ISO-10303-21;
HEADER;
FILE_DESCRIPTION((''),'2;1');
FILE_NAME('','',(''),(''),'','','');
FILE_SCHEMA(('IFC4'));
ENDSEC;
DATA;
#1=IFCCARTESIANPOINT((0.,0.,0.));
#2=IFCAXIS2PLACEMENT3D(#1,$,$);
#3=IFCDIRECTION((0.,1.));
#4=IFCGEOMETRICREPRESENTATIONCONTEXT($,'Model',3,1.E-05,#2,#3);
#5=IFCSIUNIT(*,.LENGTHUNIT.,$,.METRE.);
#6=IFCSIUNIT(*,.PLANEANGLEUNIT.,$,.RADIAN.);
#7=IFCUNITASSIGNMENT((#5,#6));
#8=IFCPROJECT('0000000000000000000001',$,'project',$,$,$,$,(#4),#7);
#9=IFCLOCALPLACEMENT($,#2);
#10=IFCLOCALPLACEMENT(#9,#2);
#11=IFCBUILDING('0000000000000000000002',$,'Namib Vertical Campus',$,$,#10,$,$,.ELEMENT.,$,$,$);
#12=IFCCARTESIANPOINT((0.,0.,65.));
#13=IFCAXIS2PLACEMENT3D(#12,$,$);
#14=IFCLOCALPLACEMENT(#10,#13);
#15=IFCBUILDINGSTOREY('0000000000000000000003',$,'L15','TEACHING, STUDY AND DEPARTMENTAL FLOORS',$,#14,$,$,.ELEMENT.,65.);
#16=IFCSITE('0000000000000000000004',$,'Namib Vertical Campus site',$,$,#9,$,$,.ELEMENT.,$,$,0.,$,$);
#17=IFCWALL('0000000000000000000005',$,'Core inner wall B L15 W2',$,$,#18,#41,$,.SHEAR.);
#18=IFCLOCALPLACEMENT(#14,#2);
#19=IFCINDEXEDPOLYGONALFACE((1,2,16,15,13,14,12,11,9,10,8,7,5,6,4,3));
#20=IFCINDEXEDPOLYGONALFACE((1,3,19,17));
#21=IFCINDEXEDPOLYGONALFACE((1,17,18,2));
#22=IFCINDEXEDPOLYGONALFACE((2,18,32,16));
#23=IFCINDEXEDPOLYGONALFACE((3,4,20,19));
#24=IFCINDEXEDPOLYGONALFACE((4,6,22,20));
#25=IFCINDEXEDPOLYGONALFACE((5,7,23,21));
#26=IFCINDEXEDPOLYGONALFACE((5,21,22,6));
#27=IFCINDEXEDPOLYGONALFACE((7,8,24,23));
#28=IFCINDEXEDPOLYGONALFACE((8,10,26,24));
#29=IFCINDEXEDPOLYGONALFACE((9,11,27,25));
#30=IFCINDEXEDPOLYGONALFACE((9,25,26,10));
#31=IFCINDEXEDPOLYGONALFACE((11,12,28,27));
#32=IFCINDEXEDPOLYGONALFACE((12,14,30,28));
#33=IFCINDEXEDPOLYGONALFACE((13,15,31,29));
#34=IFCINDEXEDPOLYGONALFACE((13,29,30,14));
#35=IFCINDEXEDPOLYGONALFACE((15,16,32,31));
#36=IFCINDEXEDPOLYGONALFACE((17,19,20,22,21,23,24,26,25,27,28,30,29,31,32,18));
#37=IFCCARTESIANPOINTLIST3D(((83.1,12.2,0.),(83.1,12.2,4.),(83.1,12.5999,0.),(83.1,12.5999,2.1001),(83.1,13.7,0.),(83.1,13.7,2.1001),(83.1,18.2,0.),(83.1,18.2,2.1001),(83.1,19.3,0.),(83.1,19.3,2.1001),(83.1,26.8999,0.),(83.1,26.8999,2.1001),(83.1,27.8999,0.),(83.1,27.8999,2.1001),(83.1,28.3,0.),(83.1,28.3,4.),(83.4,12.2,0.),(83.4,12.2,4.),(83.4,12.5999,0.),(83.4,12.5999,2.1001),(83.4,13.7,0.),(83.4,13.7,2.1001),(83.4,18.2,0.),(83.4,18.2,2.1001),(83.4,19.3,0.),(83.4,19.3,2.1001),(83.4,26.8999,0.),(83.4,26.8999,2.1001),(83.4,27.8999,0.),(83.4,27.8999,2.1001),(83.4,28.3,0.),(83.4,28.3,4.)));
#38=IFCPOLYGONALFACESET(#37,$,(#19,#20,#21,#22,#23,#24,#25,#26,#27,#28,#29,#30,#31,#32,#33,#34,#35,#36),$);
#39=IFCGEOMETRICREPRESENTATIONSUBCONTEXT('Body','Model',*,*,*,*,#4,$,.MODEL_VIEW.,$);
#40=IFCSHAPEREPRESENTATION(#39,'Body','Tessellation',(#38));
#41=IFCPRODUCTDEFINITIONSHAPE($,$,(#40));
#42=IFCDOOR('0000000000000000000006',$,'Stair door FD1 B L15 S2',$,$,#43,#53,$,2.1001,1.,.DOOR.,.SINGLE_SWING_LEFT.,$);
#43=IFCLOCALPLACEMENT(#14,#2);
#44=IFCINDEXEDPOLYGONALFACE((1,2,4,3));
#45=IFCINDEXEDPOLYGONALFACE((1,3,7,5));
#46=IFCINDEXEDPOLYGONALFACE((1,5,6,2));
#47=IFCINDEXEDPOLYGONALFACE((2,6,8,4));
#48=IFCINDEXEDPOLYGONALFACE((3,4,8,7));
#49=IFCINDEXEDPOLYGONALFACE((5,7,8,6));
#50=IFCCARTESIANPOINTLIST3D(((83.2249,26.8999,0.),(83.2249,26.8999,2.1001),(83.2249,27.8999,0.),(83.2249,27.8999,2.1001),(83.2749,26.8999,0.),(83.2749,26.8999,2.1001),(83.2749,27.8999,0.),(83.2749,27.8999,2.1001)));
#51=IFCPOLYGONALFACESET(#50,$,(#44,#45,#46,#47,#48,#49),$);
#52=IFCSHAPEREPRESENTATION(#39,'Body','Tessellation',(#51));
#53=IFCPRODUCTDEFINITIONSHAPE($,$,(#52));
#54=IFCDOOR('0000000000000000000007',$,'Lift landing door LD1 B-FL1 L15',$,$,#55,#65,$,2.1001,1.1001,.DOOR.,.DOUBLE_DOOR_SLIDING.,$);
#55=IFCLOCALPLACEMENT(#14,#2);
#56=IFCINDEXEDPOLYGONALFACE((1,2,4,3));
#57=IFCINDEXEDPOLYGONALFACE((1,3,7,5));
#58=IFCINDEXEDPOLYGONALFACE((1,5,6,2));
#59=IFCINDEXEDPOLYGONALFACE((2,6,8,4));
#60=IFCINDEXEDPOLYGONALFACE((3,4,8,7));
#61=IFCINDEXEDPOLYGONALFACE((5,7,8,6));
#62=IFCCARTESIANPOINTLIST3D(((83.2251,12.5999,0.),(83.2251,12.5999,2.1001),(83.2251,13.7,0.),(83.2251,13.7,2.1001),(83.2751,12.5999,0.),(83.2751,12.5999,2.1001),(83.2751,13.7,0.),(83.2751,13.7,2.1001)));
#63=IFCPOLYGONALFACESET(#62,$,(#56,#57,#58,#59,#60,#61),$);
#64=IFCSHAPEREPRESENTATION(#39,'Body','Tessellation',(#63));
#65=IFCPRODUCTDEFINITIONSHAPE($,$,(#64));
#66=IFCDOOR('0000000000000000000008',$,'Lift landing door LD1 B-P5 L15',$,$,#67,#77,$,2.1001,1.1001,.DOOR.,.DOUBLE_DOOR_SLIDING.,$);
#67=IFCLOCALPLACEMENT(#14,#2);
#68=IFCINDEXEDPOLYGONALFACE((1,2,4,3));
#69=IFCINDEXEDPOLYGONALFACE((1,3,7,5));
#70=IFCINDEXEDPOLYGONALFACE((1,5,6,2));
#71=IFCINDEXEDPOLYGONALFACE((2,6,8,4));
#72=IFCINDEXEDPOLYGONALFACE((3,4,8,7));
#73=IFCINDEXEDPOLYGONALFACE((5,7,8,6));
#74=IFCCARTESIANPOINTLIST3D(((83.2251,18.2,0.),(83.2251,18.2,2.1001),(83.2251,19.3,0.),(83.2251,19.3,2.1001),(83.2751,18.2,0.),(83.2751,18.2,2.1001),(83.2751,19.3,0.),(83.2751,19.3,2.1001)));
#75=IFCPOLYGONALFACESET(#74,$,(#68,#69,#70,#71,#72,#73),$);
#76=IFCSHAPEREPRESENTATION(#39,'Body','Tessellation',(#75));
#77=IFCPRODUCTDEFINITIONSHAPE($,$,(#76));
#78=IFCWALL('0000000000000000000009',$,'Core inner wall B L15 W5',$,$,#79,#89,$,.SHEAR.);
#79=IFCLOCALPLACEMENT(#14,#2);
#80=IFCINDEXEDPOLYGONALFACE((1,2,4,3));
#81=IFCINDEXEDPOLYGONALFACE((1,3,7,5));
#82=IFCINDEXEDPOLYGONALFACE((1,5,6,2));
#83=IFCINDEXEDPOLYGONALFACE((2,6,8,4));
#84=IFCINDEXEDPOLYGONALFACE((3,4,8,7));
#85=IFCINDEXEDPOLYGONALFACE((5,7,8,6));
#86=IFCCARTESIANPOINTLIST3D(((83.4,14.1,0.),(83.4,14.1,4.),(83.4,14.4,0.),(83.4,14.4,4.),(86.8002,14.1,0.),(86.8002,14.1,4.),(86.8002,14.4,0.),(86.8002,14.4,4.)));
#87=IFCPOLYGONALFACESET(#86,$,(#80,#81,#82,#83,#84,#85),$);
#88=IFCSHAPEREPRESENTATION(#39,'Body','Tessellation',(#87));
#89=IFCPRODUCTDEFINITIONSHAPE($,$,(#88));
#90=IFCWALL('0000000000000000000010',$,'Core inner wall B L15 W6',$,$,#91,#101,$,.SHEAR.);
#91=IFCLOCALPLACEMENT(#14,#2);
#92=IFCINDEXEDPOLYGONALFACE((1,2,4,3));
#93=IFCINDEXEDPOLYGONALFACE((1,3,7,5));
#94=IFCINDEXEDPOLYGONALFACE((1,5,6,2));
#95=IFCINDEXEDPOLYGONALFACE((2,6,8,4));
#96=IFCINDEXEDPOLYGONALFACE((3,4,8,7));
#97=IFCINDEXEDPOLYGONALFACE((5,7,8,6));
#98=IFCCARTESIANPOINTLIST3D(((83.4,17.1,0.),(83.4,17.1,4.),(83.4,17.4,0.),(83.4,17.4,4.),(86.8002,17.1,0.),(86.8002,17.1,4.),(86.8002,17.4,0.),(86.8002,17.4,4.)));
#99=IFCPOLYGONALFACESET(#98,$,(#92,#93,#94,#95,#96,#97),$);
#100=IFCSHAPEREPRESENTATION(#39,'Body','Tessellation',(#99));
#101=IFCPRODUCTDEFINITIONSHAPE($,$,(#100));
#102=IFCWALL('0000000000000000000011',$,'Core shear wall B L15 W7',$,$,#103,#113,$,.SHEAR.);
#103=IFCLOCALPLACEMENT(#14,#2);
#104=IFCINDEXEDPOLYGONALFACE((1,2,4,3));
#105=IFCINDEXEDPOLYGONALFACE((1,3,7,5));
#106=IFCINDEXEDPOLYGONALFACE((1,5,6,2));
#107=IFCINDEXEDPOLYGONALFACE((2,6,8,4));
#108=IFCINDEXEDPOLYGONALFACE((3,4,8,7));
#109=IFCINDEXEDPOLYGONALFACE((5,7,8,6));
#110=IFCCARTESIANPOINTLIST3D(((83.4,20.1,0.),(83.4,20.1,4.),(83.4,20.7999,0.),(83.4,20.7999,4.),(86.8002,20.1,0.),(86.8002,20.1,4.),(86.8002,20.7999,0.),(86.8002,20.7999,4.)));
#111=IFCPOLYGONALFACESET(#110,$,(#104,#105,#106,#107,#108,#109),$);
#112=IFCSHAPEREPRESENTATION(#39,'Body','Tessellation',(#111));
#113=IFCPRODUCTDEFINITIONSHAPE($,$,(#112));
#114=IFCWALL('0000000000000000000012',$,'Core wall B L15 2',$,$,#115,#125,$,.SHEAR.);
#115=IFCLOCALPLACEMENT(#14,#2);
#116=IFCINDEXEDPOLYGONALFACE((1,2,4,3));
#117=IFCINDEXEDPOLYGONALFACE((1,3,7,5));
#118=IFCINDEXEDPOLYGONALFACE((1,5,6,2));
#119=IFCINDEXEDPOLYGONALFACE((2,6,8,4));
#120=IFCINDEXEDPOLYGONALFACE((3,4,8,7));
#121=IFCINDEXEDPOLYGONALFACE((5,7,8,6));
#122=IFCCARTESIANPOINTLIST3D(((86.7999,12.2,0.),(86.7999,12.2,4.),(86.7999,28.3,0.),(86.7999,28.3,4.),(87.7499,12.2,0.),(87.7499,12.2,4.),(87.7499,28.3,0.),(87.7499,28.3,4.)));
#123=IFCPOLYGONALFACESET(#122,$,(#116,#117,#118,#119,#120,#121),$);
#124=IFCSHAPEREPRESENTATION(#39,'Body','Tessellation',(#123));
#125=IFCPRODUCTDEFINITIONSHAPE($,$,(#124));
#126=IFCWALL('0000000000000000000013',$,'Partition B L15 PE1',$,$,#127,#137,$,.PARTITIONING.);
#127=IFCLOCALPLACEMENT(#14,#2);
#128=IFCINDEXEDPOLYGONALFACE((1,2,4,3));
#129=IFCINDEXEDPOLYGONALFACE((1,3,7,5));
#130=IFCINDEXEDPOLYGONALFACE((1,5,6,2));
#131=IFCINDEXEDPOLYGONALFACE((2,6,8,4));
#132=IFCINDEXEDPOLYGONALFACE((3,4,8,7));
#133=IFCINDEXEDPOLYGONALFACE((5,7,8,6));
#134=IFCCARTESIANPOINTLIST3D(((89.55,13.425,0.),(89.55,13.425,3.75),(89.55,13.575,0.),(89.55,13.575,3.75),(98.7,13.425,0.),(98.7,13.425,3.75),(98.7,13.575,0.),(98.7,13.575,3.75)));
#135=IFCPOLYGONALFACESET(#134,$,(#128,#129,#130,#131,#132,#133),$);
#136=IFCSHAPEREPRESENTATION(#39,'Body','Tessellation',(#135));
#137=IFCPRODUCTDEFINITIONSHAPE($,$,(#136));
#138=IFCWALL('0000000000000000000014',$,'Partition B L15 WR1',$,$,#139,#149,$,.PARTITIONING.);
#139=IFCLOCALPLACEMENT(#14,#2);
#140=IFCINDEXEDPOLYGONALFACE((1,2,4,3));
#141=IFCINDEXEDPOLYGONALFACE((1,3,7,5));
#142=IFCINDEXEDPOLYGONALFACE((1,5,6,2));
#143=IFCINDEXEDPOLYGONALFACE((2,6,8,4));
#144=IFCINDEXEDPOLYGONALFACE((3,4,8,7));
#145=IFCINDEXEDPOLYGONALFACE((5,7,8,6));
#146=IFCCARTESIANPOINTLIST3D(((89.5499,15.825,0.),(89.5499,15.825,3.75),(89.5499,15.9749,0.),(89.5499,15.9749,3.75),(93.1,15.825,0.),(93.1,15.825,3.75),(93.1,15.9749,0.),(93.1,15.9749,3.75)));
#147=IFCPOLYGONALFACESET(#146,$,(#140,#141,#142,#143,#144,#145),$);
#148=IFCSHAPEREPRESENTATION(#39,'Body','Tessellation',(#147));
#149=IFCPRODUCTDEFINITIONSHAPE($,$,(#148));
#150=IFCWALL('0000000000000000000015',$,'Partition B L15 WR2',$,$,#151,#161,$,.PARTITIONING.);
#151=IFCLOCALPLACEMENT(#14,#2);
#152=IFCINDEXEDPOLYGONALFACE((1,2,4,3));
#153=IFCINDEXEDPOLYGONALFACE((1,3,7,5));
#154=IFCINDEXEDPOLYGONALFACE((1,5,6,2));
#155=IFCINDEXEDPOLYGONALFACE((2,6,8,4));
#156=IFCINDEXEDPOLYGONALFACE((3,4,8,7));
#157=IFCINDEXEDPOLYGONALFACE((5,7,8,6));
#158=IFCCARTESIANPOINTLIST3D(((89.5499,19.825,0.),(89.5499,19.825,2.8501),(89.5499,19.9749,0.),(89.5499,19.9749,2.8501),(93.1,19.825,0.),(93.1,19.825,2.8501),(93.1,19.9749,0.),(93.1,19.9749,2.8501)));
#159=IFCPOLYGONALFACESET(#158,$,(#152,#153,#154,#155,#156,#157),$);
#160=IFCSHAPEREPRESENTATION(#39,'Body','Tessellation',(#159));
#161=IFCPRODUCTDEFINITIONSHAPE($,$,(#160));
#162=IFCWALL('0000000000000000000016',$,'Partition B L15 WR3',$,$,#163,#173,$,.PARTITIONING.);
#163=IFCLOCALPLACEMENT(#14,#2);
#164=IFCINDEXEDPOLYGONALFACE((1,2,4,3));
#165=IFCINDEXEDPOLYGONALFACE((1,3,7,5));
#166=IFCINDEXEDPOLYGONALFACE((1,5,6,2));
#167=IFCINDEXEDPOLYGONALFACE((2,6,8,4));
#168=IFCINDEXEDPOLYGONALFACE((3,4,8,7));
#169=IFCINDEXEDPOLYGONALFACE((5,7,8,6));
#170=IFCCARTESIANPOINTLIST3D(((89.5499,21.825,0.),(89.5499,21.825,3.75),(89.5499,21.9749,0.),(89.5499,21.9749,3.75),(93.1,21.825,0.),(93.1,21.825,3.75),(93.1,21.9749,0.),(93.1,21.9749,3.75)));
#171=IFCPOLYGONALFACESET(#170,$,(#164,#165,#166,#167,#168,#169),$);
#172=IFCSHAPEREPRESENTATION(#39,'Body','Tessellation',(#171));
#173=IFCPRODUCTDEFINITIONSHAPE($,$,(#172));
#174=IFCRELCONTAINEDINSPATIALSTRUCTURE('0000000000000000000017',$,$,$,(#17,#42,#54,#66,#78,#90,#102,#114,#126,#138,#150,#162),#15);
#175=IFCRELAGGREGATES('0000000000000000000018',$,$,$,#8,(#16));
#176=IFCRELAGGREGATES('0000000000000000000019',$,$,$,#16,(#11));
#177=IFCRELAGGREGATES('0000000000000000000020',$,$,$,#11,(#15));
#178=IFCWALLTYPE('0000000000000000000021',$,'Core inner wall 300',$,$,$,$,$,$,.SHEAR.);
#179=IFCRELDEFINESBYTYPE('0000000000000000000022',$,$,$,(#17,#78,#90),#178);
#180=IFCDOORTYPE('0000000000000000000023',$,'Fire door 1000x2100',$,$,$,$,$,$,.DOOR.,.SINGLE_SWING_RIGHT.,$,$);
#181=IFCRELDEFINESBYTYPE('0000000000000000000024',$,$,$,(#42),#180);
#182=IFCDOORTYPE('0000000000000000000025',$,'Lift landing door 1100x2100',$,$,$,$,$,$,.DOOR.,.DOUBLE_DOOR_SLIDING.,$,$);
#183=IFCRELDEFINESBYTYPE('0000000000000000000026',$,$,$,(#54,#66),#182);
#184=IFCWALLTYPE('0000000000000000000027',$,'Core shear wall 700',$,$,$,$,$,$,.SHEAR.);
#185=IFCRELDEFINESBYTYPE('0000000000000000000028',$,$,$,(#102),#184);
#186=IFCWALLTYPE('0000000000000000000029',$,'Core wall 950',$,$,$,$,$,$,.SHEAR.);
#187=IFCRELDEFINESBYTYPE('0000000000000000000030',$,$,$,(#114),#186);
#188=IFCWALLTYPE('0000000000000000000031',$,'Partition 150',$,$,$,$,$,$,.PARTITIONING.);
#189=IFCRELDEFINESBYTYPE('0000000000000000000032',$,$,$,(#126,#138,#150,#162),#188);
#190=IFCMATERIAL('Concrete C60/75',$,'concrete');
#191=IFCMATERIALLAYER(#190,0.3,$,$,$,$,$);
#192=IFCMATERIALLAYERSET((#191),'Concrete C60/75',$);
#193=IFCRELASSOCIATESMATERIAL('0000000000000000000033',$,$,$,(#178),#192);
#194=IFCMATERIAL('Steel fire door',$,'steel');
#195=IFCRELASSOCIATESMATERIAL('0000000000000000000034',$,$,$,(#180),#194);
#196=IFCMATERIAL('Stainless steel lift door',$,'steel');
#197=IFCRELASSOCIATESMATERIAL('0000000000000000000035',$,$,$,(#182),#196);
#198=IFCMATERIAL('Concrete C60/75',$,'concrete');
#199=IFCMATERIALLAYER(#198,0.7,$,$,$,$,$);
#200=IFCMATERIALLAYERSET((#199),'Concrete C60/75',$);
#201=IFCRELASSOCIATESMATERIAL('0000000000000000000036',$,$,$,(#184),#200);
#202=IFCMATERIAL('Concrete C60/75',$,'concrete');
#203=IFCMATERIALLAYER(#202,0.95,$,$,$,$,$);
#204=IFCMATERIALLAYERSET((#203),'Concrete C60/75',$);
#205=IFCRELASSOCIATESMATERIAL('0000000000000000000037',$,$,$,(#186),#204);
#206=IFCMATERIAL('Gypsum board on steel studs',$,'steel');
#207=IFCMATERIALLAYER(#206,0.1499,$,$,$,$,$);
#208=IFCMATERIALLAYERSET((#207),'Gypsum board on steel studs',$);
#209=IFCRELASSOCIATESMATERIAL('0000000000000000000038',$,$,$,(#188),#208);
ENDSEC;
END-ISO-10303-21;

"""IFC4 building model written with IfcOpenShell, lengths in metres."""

from ifc_helpers import new_model, si_unit, direction, frame, frame_2d, origin, place, context, subcontext, project, spatial, rectangle, extrude, material, layer, layer_set, type_object, element, fill, save


model = new_model("IFC4")

# Units and contexts
model_context = context("Model", 3, precision=1e-05, world=origin(), true_north=direction((0.0, 1.0)))
body_context = subcontext(model_context, "Body", "Model", "MODEL_VIEW")
ifc_project = project(units=[si_unit("LENGTHUNIT", "METRE"), si_unit("PLANEANGLEUNIT", "RADIAN")], contexts=[model_context])

# Site, building, storey
site_placement = place(None, origin())
site = spatial("IfcSite", under=ifc_project, at=site_placement, Name="Namib Vertical Campus site", CompositionType="ELEMENT", RefElevation=0.0)
building_placement = place(site_placement, origin())
building = spatial("IfcBuilding", under=site, at=building_placement, Name="Namib Vertical Campus", CompositionType="ELEMENT")
storey_placement = place(building_placement, frame((0.0, 0.0, 65.0)))
storey = spatial("IfcBuildingStorey", under=building, at=storey_placement, Name="L15", Description="TEACHING, STUDY AND DEPARTMENTAL FLOORS", CompositionType="ELEMENT", Elevation=65.0)

# Wall, openings, doors
ifc_material_1 = material(Name="Concrete C60/75", Category="concrete")
ifc_layer_1 = layer(ifc_material_1, 0.3)
ifc_layer_set_1 = layer_set([ifc_layer_1], Name="Concrete C60/75")
wall_type_1 = type_object("IfcWallType", Name="Core inner wall 300", PredefinedType="SHEAR", material=ifc_layer_set_1)
wall_1_placement = place(storey_placement, frame((83.25, 12.2, 0.0), z_axis=(0.0, 0.0, 1.0), x_axis=(0.0, 1.0, 0.0)))
wall_1 = element("IfcWall", 1, at=wall_1_placement, inside=storey, type_object=wall_type_1, Name="Core inner wall B L15 W2", PredefinedType="SHEAR", context=body_context, shape_type="SweptSolid", body=[
    extrude(rectangle(XDim=16.1001, YDim=0.3, at=frame_2d((8.05, 0.0))), origin(), (0.0, 0.0, 1.0), 4.0),
])
opening_1_placement = place(wall_1_placement, frame((14.7, 0.0, 0.0)))
opening_1 = element("IfcOpeningElement", 2, at=opening_1_placement, cuts=wall_1, PredefinedType="OPENING", context=body_context, shape_type="SweptSolid", body=[
    extrude(rectangle(XDim=1.0, YDim=2.1001, at=frame_2d((0.5, 1.05))), frame((0.0, 0.1599, 0.0), z_axis=(0.0, -1.0, 0.0), x_axis=(1.0, 0.0, 0.0)), (0.0, 0.0, 1.0), 0.3201),
])
opening_2_placement = place(wall_1_placement, frame((0.3999, 0.0, 0.0)))
opening_2 = element("IfcOpeningElement", 3, at=opening_2_placement, cuts=wall_1, PredefinedType="OPENING", context=body_context, shape_type="SweptSolid", body=[
    extrude(rectangle(XDim=1.1001, YDim=2.1001, at=frame_2d((0.55, 1.05))), frame((0.0, 0.1599, 0.0), z_axis=(0.0, -1.0, 0.0), x_axis=(1.0, 0.0, 0.0)), (0.0, 0.0, 1.0), 0.3201),
])
opening_3_placement = place(wall_1_placement, frame((6.0, 0.0, 0.0)))
opening_3 = element("IfcOpeningElement", 4, at=opening_3_placement, cuts=wall_1, PredefinedType="OPENING", context=body_context, shape_type="SweptSolid", body=[
    extrude(rectangle(XDim=1.1001, YDim=2.1001, at=frame_2d((0.55, 1.05))), frame((0.0, 0.1599, 0.0), z_axis=(0.0, -1.0, 0.0), x_axis=(1.0, 0.0, 0.0)), (0.0, 0.0, 1.0), 0.3201),
])
ifc_material_2 = material(Name="Steel fire door", Category="steel")
door_type_1 = type_object("IfcDoorType", Name="Fire door 1000x2100", OperationType="SINGLE_SWING_RIGHT", PredefinedType="DOOR", material=ifc_material_2)
door_1_placement = place(opening_1_placement, frame((1.0, 0.0, 0.0), z_axis=(0.0, 0.0, 1.0), x_axis=(-1.0, 0.0, 0.0)))
door_1 = element("IfcDoor", 5, at=door_1_placement, inside=storey, type_object=door_type_1, Name="Stair door FD1 B L15 S2", OperationType="SINGLE_SWING_LEFT", OverallHeight=2.1001, OverallWidth=1.0, PredefinedType="DOOR", context=body_context, shape_type="SweptSolid", body=[
    extrude(rectangle(XDim=1.0, YDim=2.1001, at=frame_2d((0.5, 1.05))), frame((0.0, 0.0249, 0.0), z_axis=(0.0, -1.0, 0.0), x_axis=(1.0, 0.0, 0.0)), (0.0, 0.0, 1.0), 0.05),
])
fill(opening_1, door_1)
ifc_material_3 = material(Name="Stainless steel lift door", Category="steel")
door_type_2 = type_object("IfcDoorType", Name="Lift landing door 1100x2100", OperationType="DOUBLE_DOOR_SLIDING", PredefinedType="DOOR", material=ifc_material_3)
door_2_placement = place(opening_2_placement, origin())
door_2 = element("IfcDoor", 6, at=door_2_placement, inside=storey, type_object=door_type_2, Name="Lift landing door LD1 B-FL1 L15", OperationType="DOUBLE_DOOR_SLIDING", OverallHeight=2.1001, OverallWidth=1.1001, PredefinedType="DOOR", context=body_context, shape_type="SweptSolid", body=[
    extrude(rectangle(XDim=1.1001, YDim=2.1001, at=frame_2d((0.55, 1.05))), frame((0.0, 0.0249, 0.0), z_axis=(0.0, -1.0, 0.0), x_axis=(1.0, 0.0, 0.0)), (0.0, 0.0, 1.0), 0.05),
])
fill(opening_2, door_2)
door_3_placement = place(opening_3_placement, origin())
door_3 = element("IfcDoor", 7, at=door_3_placement, inside=storey, type_object=door_type_2, Name="Lift landing door LD1 B-P5 L15", OperationType="DOUBLE_DOOR_SLIDING", OverallHeight=2.1001, OverallWidth=1.1001, PredefinedType="DOOR", context=body_context, shape_type="SweptSolid", body=[
    extrude(rectangle(XDim=1.1001, YDim=2.1001, at=frame_2d((0.55, 1.05))), frame((0.0, 0.0249, 0.0), z_axis=(0.0, -1.0, 0.0), x_axis=(1.0, 0.0, 0.0)), (0.0, 0.0, 1.0), 0.05),
])
fill(opening_3, door_3)

# Walls
for number, where, z_axis, x_axis, name in (
    (8, (83.3999, 14.25, 0.0), (0.0, 0.0, 1.0), (1.0, 0.0, 0.0), "Core inner wall B L15 W5"),
    (9, (83.3999, 17.25, 0.0), (0.0, 0.0, 1.0), (1.0, 0.0, 0.0), "Core inner wall B L15 W6"),
):
    element("IfcWall", number, at=place(storey_placement, frame(where, z_axis=z_axis, x_axis=x_axis)), inside=storey, type_object=wall_type_1, Name=name, PredefinedType="SHEAR", context=body_context, shape_type="SweptSolid", body=[
        extrude(rectangle(XDim=3.4001, YDim=0.3, at=frame_2d((1.7002, 0.0))), origin(), (0.0, 0.0, 1.0), 4.0),
    ])
ifc_material_4 = material(Name="Concrete C60/75", Category="concrete")
ifc_layer_2 = layer(ifc_material_4, 0.7)
ifc_layer_set_2 = layer_set([ifc_layer_2], Name="Concrete C60/75")
wall_type_2 = type_object("IfcWallType", Name="Core shear wall 700", PredefinedType="SHEAR", material=ifc_layer_set_2)
wall_2_placement = place(storey_placement, frame((83.3999, 20.45, 0.0), z_axis=(0.0, 0.0, 1.0), x_axis=(1.0, 0.0, 0.0)))
element("IfcWall", 10, at=wall_2_placement, inside=storey, type_object=wall_type_2, Name="Core shear wall B L15 W7", PredefinedType="SHEAR", context=body_context, shape_type="SweptSolid", body=[
    extrude(rectangle(XDim=3.4001, YDim=0.7, at=frame_2d((1.7002, 0.0))), origin(), (0.0, 0.0, 1.0), 4.0),
])
ifc_material_5 = material(Name="Concrete C60/75", Category="concrete")
ifc_layer_3 = layer(ifc_material_5, 0.95)
ifc_layer_set_3 = layer_set([ifc_layer_3], Name="Concrete C60/75")
wall_type_3 = type_object("IfcWallType", Name="Core wall 950", PredefinedType="SHEAR", material=ifc_layer_set_3)
wall_3_placement = place(storey_placement, frame((87.2749, 12.2, 0.0), z_axis=(0.0, 0.0, 1.0), x_axis=(0.0, 1.0, 0.0)))
element("IfcWall", 11, at=wall_3_placement, inside=storey, type_object=wall_type_3, Name="Core wall B L15 2", PredefinedType="SHEAR", context=body_context, shape_type="SweptSolid", body=[
    extrude(rectangle(XDim=16.1001, YDim=0.95, at=frame_2d((8.05, 0.0))), origin(), (0.0, 0.0, 1.0), 4.0),
])
ifc_material_6 = material(Name="Gypsum board on steel studs", Category="steel")
ifc_layer_4 = layer(ifc_material_6, 0.1499)
ifc_layer_set_4 = layer_set([ifc_layer_4], Name="Gypsum board on steel studs")
wall_type_4 = type_object("IfcWallType", Name="Partition 150", PredefinedType="PARTITIONING", material=ifc_layer_set_4)
wall_4_placement = place(storey_placement, frame((89.55, 13.5, 0.0), z_axis=(0.0, 0.0, 1.0), x_axis=(1.0, 0.0, 0.0)))
element("IfcWall", 12, at=wall_4_placement, inside=storey, type_object=wall_type_4, Name="Partition B L15 PE1", PredefinedType="PARTITIONING", context=body_context, shape_type="SweptSolid", body=[
    extrude(rectangle(XDim=9.1499, YDim=0.1499, at=frame_2d((4.575, 0.0))), origin(), (0.0, 0.0, 1.0), 3.75),
])
wall_5_placement = place(storey_placement, frame((89.55, 15.8999, 0.0), z_axis=(0.0, 0.0, 1.0), x_axis=(1.0, 0.0, 0.0)))
element("IfcWall", 13, at=wall_5_placement, inside=storey, type_object=wall_type_4, Name="Partition B L15 WR1", PredefinedType="PARTITIONING", context=body_context, shape_type="SweptSolid", body=[
    extrude(rectangle(XDim=3.55, YDim=0.1499, at=frame_2d((1.7749, 0.0))), origin(), (0.0, 0.0, 1.0), 3.75),
])
wall_6_placement = place(storey_placement, frame((89.55, 19.8999, 0.0), z_axis=(0.0, 0.0, 1.0), x_axis=(1.0, 0.0, 0.0)))
element("IfcWall", 14, at=wall_6_placement, inside=storey, type_object=wall_type_4, Name="Partition B L15 WR2", PredefinedType="PARTITIONING", context=body_context, shape_type="SweptSolid", body=[
    extrude(rectangle(XDim=3.55, YDim=0.1499, at=frame_2d((1.7749, 0.0))), origin(), (0.0, 0.0, 1.0), 2.8501),
])
wall_7_placement = place(storey_placement, frame((89.55, 21.8999, 0.0), z_axis=(0.0, 0.0, 1.0), x_axis=(1.0, 0.0, 0.0)))
element("IfcWall", 15, at=wall_7_placement, inside=storey, type_object=wall_type_4, Name="Partition B L15 WR3", PredefinedType="PARTITIONING", context=body_context, shape_type="SweptSolid", body=[
    extrude(rectangle(XDim=3.55, YDim=0.1499, at=frame_2d((1.7749, 0.0))), origin(), (0.0, 0.0, 1.0), 3.75),
])

save(model, "model.ifc")
